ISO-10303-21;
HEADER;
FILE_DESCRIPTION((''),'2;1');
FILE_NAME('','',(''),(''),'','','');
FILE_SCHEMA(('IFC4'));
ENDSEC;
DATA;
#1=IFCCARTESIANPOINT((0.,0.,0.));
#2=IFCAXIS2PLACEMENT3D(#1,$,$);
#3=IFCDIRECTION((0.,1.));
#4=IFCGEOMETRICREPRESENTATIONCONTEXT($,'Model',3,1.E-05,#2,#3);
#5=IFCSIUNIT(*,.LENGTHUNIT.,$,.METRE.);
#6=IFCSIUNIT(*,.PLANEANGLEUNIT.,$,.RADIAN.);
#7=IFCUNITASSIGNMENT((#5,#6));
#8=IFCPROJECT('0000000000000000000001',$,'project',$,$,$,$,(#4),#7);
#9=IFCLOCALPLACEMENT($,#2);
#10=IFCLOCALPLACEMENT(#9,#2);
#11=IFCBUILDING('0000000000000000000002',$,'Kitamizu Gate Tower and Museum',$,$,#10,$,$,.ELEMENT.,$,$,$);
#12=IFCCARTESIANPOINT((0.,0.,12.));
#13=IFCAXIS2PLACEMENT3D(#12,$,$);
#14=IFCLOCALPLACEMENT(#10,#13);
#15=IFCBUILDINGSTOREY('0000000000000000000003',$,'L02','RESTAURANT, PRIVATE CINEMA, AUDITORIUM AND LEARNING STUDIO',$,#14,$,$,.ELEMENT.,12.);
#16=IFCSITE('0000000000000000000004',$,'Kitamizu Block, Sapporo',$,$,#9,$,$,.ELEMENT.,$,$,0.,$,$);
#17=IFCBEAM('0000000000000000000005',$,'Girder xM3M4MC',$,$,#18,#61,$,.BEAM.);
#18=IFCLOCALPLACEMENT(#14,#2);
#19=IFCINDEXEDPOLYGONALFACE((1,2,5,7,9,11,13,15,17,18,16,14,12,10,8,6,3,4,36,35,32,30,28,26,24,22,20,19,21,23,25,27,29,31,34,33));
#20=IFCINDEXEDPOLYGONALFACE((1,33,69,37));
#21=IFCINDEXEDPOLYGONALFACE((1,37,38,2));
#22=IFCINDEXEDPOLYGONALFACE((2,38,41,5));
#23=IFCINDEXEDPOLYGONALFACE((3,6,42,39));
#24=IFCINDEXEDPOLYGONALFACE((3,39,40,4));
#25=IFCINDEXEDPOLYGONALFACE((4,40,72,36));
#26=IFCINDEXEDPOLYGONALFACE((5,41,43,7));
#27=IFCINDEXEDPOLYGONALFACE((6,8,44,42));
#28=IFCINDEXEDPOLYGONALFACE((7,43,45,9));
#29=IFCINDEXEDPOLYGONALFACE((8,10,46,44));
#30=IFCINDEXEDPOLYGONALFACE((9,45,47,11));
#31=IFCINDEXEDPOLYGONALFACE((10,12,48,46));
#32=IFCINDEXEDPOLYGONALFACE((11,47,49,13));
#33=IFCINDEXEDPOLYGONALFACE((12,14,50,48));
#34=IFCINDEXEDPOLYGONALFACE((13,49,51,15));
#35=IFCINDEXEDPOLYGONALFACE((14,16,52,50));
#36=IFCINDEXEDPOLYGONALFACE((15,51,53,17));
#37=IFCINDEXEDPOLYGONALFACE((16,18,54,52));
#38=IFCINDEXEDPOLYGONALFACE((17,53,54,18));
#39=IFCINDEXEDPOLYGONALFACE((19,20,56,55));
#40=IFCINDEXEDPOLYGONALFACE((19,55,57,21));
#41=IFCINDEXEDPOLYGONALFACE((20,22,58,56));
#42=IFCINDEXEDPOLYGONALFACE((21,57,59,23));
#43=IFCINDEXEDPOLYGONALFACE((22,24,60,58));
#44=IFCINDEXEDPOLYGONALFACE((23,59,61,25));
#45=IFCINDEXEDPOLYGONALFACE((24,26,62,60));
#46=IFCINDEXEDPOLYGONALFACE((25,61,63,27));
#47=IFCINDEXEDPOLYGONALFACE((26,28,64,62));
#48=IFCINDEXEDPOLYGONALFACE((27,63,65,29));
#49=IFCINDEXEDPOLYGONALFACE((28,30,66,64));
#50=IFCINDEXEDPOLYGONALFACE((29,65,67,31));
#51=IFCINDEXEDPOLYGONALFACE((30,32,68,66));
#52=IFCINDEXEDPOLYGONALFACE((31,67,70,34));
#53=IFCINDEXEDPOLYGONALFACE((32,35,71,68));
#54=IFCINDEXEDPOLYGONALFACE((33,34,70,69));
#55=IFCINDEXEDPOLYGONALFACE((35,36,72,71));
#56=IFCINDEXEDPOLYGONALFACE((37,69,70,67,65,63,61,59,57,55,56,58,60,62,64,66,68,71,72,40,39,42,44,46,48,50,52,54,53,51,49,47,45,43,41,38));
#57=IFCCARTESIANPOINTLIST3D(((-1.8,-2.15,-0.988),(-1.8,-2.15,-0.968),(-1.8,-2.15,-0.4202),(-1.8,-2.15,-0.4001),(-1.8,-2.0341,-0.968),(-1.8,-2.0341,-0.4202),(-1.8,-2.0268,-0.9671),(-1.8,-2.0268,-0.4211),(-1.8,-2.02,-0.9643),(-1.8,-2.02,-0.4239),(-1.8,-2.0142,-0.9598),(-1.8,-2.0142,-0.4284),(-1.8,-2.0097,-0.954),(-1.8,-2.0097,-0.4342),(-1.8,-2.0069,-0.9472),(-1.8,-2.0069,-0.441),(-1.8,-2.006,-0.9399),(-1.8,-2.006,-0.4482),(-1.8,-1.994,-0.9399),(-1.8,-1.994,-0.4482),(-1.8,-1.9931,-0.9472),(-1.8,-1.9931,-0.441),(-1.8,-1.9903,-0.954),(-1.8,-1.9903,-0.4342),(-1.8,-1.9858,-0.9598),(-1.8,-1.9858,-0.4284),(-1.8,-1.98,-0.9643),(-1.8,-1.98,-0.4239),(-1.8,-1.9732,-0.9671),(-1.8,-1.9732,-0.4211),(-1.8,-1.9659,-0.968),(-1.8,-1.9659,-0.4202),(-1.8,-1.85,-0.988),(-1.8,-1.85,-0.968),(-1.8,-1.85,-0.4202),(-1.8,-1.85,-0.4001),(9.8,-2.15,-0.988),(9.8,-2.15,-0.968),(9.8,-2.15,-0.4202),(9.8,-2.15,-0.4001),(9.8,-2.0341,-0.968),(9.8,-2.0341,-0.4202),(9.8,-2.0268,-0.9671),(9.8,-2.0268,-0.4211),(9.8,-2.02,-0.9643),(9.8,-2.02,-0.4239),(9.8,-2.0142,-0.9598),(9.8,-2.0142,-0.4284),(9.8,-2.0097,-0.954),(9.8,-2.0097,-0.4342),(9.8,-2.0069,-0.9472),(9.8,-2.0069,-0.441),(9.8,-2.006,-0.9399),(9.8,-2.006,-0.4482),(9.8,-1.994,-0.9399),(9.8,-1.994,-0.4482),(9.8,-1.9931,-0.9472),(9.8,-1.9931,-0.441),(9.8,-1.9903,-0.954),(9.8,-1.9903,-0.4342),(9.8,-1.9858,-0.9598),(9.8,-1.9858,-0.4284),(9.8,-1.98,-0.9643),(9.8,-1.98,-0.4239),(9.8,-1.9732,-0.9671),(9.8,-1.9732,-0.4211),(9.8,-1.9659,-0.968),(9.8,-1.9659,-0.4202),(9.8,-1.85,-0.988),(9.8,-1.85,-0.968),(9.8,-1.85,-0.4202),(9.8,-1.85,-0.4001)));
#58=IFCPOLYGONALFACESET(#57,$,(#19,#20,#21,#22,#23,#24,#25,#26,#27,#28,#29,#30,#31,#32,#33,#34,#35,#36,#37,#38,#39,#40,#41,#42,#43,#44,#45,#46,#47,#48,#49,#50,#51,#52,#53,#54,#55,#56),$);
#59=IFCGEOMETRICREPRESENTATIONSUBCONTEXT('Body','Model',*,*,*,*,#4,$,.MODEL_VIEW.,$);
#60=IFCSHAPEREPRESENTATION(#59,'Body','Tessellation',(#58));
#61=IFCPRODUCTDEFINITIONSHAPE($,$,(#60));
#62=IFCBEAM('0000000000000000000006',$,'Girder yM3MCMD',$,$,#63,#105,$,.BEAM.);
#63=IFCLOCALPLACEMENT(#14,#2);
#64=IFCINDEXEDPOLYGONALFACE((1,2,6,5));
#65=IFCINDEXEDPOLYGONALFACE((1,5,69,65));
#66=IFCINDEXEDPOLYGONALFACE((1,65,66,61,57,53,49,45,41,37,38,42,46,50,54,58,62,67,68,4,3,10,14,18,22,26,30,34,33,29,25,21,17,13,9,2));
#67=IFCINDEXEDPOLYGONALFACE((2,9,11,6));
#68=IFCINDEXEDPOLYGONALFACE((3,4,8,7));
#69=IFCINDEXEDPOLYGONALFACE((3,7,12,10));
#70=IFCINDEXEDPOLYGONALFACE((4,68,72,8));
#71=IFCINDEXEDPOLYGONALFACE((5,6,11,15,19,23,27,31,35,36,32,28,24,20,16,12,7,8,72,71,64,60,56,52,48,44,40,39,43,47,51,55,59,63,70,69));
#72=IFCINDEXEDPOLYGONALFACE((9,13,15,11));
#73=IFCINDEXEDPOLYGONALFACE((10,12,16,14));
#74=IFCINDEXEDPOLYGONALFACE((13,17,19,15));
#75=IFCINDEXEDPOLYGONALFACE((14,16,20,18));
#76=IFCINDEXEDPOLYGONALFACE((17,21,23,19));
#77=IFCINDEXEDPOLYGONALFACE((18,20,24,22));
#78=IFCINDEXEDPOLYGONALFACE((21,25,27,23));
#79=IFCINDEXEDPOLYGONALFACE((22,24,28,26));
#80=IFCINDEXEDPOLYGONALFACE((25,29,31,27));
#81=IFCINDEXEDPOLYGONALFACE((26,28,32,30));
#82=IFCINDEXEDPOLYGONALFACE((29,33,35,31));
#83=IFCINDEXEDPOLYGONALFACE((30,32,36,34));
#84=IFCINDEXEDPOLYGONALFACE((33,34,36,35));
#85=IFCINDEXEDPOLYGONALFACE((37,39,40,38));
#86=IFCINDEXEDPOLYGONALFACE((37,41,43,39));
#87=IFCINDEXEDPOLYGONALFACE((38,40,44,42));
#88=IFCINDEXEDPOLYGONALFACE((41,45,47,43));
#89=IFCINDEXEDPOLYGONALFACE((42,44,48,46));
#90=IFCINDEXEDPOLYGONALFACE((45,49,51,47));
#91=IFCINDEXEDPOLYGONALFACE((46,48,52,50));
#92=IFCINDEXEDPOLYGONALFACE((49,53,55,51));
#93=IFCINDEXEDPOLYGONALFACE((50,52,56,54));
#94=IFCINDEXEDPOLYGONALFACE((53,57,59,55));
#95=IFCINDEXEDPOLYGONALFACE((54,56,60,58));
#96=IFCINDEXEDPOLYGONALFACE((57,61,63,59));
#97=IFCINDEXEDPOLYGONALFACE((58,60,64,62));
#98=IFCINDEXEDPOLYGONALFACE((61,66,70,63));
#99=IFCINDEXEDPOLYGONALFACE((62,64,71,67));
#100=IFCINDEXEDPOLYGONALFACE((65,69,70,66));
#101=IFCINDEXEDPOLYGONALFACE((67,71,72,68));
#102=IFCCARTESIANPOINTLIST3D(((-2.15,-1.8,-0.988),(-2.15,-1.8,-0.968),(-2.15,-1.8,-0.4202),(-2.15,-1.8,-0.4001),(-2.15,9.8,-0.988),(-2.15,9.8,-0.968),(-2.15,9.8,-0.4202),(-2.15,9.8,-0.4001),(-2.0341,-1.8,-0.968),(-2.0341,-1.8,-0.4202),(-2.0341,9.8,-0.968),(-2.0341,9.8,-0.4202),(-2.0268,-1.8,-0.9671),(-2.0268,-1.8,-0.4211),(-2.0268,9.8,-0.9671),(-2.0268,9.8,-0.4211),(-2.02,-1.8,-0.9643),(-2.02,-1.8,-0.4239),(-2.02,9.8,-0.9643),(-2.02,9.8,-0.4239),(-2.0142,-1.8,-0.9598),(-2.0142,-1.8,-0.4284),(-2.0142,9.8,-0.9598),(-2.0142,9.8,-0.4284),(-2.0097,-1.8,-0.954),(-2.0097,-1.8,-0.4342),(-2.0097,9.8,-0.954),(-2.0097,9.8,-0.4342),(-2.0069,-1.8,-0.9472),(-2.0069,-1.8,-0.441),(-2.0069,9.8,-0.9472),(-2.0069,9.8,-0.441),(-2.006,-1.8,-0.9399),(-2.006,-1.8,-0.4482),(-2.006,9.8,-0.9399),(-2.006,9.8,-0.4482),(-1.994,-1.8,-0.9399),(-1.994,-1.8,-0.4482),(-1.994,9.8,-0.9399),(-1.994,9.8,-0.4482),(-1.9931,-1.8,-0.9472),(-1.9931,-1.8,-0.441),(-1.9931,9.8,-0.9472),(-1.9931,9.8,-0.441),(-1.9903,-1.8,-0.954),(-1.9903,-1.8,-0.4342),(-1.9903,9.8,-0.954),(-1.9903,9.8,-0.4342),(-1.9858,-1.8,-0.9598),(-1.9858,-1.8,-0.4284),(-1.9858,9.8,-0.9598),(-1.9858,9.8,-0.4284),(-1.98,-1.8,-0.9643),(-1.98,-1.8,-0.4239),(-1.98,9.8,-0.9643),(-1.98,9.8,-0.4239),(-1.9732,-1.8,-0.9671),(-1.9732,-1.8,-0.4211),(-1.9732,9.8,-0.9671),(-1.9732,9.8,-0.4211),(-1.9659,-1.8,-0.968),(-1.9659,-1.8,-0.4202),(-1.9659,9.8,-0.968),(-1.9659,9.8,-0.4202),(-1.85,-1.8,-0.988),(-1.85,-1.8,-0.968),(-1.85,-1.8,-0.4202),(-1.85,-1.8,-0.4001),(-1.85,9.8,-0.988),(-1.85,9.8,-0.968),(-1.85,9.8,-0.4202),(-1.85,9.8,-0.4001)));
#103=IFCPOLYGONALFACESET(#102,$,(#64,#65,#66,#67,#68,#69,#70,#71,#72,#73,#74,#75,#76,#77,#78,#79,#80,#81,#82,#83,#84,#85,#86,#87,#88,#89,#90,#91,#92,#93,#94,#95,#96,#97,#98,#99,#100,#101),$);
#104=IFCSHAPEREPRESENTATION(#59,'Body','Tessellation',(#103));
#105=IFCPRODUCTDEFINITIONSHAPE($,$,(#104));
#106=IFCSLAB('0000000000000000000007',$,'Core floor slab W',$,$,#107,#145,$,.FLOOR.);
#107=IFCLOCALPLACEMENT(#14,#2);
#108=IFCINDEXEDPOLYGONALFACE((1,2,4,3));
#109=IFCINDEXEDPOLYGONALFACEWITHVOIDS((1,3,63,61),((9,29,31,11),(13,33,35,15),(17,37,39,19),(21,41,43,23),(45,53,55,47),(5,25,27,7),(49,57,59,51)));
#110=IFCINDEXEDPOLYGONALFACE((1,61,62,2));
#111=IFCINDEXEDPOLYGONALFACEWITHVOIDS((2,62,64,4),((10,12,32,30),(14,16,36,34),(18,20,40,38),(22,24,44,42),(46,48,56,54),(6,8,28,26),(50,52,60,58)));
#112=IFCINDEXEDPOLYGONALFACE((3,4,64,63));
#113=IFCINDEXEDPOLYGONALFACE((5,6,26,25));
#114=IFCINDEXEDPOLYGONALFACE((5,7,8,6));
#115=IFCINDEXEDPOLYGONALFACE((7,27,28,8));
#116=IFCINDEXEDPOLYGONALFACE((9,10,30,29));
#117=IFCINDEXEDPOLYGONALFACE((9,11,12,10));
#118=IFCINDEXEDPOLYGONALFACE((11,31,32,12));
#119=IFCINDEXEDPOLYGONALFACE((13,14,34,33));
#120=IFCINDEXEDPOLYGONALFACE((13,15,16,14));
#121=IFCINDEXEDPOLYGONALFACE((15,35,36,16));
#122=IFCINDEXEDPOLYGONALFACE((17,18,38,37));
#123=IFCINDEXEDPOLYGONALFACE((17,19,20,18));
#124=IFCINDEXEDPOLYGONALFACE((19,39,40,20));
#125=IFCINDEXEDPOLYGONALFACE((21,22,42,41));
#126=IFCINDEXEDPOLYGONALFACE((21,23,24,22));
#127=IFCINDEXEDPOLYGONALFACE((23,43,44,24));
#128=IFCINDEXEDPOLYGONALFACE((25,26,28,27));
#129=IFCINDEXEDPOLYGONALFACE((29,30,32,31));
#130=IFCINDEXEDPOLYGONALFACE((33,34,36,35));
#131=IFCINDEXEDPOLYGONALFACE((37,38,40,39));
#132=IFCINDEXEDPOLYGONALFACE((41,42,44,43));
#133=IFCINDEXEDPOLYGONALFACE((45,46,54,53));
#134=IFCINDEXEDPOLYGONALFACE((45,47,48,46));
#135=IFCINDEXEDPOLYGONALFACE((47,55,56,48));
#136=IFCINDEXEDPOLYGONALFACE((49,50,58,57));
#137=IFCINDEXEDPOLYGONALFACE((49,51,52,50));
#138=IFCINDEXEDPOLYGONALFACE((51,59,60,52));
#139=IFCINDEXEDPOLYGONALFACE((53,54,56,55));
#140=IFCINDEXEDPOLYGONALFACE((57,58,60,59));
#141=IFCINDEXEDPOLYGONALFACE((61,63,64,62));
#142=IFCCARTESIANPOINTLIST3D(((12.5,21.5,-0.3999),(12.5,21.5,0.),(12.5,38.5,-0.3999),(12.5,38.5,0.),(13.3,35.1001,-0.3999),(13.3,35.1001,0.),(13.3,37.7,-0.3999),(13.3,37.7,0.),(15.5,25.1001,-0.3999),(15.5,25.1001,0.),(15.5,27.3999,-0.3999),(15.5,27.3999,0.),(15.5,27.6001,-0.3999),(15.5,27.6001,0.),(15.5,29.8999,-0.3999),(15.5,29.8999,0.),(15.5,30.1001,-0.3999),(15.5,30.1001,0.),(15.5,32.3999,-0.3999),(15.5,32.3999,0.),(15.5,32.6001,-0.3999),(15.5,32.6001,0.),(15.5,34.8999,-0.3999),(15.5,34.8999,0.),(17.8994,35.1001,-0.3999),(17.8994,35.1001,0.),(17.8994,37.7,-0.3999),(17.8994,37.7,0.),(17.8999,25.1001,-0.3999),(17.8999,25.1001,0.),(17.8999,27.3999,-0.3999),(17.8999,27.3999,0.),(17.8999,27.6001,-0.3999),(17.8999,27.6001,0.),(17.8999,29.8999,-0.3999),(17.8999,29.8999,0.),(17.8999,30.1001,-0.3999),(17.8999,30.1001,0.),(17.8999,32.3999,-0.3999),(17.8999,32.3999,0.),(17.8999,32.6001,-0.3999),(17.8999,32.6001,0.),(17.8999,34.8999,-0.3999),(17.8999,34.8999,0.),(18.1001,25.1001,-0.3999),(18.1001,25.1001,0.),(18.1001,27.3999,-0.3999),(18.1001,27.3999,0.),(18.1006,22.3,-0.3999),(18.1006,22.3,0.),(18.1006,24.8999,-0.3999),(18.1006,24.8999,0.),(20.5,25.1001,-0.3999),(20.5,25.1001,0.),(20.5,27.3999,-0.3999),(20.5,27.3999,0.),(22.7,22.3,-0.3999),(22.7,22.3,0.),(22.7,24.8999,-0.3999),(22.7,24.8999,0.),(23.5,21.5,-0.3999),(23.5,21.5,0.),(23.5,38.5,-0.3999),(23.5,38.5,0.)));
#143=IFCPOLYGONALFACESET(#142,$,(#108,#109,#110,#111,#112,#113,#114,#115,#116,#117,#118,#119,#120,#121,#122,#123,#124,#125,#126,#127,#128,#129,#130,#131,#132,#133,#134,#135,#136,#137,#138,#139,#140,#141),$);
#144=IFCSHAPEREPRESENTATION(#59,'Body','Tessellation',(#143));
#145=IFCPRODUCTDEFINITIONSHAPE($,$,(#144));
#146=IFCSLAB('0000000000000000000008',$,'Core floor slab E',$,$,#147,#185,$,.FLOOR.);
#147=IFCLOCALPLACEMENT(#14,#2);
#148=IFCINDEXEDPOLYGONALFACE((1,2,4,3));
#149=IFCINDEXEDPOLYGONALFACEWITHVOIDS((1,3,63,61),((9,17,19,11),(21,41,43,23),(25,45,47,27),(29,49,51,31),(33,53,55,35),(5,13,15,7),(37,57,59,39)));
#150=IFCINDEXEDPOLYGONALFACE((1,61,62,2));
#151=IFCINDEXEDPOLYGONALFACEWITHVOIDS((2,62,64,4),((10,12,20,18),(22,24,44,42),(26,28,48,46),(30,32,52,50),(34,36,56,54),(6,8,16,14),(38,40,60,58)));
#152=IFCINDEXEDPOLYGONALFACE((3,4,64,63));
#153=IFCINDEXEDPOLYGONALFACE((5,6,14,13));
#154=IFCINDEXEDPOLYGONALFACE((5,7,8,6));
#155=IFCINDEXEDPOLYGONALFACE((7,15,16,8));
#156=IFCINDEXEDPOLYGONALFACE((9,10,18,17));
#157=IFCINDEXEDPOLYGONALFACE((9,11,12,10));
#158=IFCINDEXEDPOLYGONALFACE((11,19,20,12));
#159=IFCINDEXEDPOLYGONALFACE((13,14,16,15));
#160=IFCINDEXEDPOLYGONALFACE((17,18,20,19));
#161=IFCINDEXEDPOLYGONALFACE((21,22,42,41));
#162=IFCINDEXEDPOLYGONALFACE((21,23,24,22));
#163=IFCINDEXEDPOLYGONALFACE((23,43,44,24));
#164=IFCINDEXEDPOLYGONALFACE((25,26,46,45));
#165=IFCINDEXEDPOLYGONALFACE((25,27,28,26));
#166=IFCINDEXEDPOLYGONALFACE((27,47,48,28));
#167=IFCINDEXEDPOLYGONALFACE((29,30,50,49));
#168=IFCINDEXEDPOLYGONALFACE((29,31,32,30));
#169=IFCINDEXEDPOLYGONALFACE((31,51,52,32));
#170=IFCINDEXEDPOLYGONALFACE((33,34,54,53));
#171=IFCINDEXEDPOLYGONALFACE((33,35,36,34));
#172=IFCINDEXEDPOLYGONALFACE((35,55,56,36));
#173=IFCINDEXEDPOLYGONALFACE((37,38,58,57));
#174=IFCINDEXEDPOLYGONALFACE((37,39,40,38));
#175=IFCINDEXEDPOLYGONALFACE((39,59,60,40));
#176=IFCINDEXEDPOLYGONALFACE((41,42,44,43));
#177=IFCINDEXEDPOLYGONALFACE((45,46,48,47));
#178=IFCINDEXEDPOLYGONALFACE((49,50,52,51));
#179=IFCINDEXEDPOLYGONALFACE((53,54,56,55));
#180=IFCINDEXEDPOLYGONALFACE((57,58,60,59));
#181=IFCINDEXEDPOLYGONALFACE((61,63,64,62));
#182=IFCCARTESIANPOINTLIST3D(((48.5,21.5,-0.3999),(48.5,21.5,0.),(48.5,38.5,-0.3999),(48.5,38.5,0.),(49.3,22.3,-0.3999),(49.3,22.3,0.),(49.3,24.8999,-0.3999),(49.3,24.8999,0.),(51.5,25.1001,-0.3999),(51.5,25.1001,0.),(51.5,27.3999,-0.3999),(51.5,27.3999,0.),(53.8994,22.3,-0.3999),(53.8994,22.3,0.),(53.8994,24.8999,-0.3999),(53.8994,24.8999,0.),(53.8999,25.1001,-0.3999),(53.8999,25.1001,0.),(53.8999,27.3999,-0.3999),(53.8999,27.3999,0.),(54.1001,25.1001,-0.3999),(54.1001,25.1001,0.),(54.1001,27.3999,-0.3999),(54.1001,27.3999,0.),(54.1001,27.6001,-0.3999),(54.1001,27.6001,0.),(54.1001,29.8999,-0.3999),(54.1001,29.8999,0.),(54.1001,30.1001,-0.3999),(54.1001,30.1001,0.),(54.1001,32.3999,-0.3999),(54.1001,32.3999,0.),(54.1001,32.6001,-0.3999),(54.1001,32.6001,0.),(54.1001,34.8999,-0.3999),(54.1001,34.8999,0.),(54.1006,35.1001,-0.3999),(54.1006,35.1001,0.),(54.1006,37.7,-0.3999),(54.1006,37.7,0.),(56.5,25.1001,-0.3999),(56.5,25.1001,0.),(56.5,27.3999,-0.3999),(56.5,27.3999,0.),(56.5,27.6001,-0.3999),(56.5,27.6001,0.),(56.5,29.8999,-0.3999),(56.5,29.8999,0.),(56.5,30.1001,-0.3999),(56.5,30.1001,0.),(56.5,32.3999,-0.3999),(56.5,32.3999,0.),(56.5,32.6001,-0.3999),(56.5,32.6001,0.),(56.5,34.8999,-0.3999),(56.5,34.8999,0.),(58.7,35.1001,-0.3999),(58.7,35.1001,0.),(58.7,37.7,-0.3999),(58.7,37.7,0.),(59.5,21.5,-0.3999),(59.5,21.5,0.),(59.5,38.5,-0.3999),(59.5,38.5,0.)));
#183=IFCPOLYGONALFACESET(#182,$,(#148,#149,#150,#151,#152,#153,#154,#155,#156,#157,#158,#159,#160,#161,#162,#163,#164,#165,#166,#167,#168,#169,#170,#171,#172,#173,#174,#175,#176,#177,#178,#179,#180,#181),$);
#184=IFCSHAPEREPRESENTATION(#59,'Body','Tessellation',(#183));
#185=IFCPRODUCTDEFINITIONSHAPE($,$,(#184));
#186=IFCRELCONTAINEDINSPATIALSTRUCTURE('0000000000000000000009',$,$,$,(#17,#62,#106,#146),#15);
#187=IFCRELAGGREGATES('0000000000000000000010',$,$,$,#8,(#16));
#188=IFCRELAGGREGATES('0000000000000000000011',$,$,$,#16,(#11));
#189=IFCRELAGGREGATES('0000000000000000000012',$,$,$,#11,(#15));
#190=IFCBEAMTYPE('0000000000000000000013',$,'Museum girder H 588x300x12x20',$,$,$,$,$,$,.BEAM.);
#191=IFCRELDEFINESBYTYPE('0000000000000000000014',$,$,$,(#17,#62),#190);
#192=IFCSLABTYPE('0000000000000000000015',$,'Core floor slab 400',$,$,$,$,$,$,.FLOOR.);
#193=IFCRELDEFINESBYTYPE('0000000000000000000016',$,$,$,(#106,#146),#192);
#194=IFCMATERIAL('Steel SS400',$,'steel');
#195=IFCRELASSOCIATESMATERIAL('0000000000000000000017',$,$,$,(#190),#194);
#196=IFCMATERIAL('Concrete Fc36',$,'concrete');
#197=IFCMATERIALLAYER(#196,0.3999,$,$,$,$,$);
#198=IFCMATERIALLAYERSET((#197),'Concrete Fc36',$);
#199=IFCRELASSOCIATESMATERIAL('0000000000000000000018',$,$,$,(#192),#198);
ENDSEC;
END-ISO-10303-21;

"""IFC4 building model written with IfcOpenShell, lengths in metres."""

from ifc_helpers import new_model, si_unit, direction, frame, origin, origin_2d, place, context, subcontext, project, spatial, polyline, i_section, outline, extrude, material, layer, layer_set, material_profile, profile_set, type_object, element, save


model = new_model("IFC4")

# Units and contexts
model_context = context("Model", 3, precision=1e-05, world=origin(), true_north=direction((0.0, 1.0)))
body_context = subcontext(model_context, "Body", "Model", "MODEL_VIEW")
ifc_project = project(units=[si_unit("LENGTHUNIT", "METRE"), si_unit("PLANEANGLEUNIT", "RADIAN")], contexts=[model_context])

# Site, building, storey
site_placement = place(None, origin())
site = spatial("IfcSite", under=ifc_project, at=site_placement, Name="Kitamizu Block, Sapporo", CompositionType="ELEMENT", RefElevation=0.0)
building_placement = place(site_placement, origin())
building = spatial("IfcBuilding", under=site, at=building_placement, Name="Kitamizu Gate Tower and Museum", CompositionType="ELEMENT")
storey_placement = place(building_placement, frame((0.0, 0.0, 12.0)))
storey = spatial("IfcBuildingStorey", under=building, at=storey_placement, Name="L02", Description="RESTAURANT, PRIVATE CINEMA, AUDITORIUM AND LEARNING STUDIO", CompositionType="ELEMENT", Elevation=12.0)

# Beams
ifc_material_1 = material(Name="Steel SS400", Category="steel")
ifc_material_profile_1 = material_profile(ifc_material_1, i_section(OverallWidth=0.3, OverallDepth=0.5879, WebThickness=0.012, FlangeThickness=0.02, FilletRadius=0.0281, at=origin_2d()), Name="H-588x300x12x20")
ifc_profile_set_1 = profile_set([ifc_material_profile_1], Name="Steel SS400")
beam_type_1 = type_object("IfcBeamType", Name="Museum girder H 588x300x12x20", PredefinedType="BEAM", material=ifc_profile_set_1)
for number, where, z_axis, x_axis, name in (
    (1, (-1.8, -2.0, -0.6941), (1.0, 0.0, 0.0), (0.0, 1.0, 0.0), "Girder xM3M4MC"),
    (2, (-2.0, -1.8, -0.6941), (0.0, 1.0, 0.0), (-1.0, 0.0, 0.0), "Girder yM3MCMD"),
):
    element("IfcBeam", number, at=place(storey_placement, frame(where, z_axis=z_axis, x_axis=x_axis)), inside=storey, type_object=beam_type_1, Name=name, PredefinedType="BEAM", context=body_context, shape_type="SweptSolid", body=[
        extrude(i_section(OverallWidth=0.3, OverallDepth=0.5879, WebThickness=0.012, FlangeThickness=0.02, FilletRadius=0.0281, at=origin_2d()), origin(), (0.0, 0.0, 1.0), 11.6001),
    ])

# Slabs
ifc_material_2 = material(Name="Concrete Fc36", Category="concrete")
ifc_layer_1 = layer(ifc_material_2, 0.3999)
ifc_layer_set_1 = layer_set([ifc_layer_1], Name="Concrete Fc36")
slab_type_1 = type_object("IfcSlabType", Name="Core floor slab 400", PredefinedType="FLOOR", material=ifc_layer_set_1)
slab_1_placement = place(storey_placement, frame((0.0, 0.0, -0.3999)))
element("IfcSlab", 3, at=slab_1_placement, inside=storey, type_object=slab_type_1, Name="Core floor slab W", PredefinedType="FLOOR", context=body_context, shape_type="SweptSolid", body=[
    extrude(outline(polyline([(12.5, 21.5), (23.5, 21.5), (23.5, 38.5), (12.5, 38.5), (12.5, 21.5)]), holes=[polyline([(15.5, 25.1001), (17.8999, 25.1001), (17.8999, 27.3999), (15.5, 27.3999), (15.5, 25.1001)]), polyline([(15.5, 27.6001), (17.8999, 27.6001), (17.8999, 29.8999), (15.5, 29.8999), (15.5, 27.6001)]), polyline([(15.5, 30.1001), (17.8999, 30.1001), (17.8999, 32.3999), (15.5, 32.3999), (15.5, 30.1001)]), polyline([(15.5, 32.6001), (17.8999, 32.6001), (17.8999, 34.8999), (15.5, 34.8999), (15.5, 32.6001)]), polyline([(18.1001, 25.1001), (20.5, 25.1001), (20.5, 27.3999), (18.1001, 27.3999), (18.1001, 25.1001)]), polyline([(18.1006, 22.3), (22.7, 22.3), (22.7, 24.8999), (18.1006, 24.8999), (18.1006, 22.3)]), polyline([(13.3, 35.1001), (17.8994, 35.1001), (17.8994, 37.7), (13.3, 37.7), (13.3, 35.1001)])]), origin(), (0.0, 0.0, 1.0), 0.3999),
])
slab_2_placement = place(storey_placement, frame((0.0, 0.0, -0.3999)))
element("IfcSlab", 4, at=slab_2_placement, inside=storey, type_object=slab_type_1, Name="Core floor slab E", PredefinedType="FLOOR", context=body_context, shape_type="SweptSolid", body=[
    extrude(outline(polyline([(48.5, 21.5), (59.5, 21.5), (59.5, 38.5), (48.5, 38.5), (48.5, 21.5)]), holes=[polyline([(54.1001, 25.1001), (56.5, 25.1001), (56.5, 27.3999), (54.1001, 27.3999), (54.1001, 25.1001)]), polyline([(54.1001, 27.6001), (56.5, 27.6001), (56.5, 29.8999), (54.1001, 29.8999), (54.1001, 27.6001)]), polyline([(54.1001, 30.1001), (56.5, 30.1001), (56.5, 32.3999), (54.1001, 32.3999), (54.1001, 30.1001)]), polyline([(54.1001, 32.6001), (56.5, 32.6001), (56.5, 34.8999), (54.1001, 34.8999), (54.1001, 32.6001)]), polyline([(51.5, 25.1001), (53.8999, 25.1001), (53.8999, 27.3999), (51.5, 27.3999), (51.5, 25.1001)]), polyline([(49.3, 22.3), (53.8994, 22.3), (53.8994, 24.8999), (49.3, 24.8999), (49.3, 22.3)]), polyline([(54.1006, 35.1001), (58.7, 35.1001), (58.7, 37.7), (54.1006, 37.7), (54.1006, 35.1001)])]), origin(), (0.0, 0.0, 1.0), 0.3999),
])

save(model, "model.ifc")
